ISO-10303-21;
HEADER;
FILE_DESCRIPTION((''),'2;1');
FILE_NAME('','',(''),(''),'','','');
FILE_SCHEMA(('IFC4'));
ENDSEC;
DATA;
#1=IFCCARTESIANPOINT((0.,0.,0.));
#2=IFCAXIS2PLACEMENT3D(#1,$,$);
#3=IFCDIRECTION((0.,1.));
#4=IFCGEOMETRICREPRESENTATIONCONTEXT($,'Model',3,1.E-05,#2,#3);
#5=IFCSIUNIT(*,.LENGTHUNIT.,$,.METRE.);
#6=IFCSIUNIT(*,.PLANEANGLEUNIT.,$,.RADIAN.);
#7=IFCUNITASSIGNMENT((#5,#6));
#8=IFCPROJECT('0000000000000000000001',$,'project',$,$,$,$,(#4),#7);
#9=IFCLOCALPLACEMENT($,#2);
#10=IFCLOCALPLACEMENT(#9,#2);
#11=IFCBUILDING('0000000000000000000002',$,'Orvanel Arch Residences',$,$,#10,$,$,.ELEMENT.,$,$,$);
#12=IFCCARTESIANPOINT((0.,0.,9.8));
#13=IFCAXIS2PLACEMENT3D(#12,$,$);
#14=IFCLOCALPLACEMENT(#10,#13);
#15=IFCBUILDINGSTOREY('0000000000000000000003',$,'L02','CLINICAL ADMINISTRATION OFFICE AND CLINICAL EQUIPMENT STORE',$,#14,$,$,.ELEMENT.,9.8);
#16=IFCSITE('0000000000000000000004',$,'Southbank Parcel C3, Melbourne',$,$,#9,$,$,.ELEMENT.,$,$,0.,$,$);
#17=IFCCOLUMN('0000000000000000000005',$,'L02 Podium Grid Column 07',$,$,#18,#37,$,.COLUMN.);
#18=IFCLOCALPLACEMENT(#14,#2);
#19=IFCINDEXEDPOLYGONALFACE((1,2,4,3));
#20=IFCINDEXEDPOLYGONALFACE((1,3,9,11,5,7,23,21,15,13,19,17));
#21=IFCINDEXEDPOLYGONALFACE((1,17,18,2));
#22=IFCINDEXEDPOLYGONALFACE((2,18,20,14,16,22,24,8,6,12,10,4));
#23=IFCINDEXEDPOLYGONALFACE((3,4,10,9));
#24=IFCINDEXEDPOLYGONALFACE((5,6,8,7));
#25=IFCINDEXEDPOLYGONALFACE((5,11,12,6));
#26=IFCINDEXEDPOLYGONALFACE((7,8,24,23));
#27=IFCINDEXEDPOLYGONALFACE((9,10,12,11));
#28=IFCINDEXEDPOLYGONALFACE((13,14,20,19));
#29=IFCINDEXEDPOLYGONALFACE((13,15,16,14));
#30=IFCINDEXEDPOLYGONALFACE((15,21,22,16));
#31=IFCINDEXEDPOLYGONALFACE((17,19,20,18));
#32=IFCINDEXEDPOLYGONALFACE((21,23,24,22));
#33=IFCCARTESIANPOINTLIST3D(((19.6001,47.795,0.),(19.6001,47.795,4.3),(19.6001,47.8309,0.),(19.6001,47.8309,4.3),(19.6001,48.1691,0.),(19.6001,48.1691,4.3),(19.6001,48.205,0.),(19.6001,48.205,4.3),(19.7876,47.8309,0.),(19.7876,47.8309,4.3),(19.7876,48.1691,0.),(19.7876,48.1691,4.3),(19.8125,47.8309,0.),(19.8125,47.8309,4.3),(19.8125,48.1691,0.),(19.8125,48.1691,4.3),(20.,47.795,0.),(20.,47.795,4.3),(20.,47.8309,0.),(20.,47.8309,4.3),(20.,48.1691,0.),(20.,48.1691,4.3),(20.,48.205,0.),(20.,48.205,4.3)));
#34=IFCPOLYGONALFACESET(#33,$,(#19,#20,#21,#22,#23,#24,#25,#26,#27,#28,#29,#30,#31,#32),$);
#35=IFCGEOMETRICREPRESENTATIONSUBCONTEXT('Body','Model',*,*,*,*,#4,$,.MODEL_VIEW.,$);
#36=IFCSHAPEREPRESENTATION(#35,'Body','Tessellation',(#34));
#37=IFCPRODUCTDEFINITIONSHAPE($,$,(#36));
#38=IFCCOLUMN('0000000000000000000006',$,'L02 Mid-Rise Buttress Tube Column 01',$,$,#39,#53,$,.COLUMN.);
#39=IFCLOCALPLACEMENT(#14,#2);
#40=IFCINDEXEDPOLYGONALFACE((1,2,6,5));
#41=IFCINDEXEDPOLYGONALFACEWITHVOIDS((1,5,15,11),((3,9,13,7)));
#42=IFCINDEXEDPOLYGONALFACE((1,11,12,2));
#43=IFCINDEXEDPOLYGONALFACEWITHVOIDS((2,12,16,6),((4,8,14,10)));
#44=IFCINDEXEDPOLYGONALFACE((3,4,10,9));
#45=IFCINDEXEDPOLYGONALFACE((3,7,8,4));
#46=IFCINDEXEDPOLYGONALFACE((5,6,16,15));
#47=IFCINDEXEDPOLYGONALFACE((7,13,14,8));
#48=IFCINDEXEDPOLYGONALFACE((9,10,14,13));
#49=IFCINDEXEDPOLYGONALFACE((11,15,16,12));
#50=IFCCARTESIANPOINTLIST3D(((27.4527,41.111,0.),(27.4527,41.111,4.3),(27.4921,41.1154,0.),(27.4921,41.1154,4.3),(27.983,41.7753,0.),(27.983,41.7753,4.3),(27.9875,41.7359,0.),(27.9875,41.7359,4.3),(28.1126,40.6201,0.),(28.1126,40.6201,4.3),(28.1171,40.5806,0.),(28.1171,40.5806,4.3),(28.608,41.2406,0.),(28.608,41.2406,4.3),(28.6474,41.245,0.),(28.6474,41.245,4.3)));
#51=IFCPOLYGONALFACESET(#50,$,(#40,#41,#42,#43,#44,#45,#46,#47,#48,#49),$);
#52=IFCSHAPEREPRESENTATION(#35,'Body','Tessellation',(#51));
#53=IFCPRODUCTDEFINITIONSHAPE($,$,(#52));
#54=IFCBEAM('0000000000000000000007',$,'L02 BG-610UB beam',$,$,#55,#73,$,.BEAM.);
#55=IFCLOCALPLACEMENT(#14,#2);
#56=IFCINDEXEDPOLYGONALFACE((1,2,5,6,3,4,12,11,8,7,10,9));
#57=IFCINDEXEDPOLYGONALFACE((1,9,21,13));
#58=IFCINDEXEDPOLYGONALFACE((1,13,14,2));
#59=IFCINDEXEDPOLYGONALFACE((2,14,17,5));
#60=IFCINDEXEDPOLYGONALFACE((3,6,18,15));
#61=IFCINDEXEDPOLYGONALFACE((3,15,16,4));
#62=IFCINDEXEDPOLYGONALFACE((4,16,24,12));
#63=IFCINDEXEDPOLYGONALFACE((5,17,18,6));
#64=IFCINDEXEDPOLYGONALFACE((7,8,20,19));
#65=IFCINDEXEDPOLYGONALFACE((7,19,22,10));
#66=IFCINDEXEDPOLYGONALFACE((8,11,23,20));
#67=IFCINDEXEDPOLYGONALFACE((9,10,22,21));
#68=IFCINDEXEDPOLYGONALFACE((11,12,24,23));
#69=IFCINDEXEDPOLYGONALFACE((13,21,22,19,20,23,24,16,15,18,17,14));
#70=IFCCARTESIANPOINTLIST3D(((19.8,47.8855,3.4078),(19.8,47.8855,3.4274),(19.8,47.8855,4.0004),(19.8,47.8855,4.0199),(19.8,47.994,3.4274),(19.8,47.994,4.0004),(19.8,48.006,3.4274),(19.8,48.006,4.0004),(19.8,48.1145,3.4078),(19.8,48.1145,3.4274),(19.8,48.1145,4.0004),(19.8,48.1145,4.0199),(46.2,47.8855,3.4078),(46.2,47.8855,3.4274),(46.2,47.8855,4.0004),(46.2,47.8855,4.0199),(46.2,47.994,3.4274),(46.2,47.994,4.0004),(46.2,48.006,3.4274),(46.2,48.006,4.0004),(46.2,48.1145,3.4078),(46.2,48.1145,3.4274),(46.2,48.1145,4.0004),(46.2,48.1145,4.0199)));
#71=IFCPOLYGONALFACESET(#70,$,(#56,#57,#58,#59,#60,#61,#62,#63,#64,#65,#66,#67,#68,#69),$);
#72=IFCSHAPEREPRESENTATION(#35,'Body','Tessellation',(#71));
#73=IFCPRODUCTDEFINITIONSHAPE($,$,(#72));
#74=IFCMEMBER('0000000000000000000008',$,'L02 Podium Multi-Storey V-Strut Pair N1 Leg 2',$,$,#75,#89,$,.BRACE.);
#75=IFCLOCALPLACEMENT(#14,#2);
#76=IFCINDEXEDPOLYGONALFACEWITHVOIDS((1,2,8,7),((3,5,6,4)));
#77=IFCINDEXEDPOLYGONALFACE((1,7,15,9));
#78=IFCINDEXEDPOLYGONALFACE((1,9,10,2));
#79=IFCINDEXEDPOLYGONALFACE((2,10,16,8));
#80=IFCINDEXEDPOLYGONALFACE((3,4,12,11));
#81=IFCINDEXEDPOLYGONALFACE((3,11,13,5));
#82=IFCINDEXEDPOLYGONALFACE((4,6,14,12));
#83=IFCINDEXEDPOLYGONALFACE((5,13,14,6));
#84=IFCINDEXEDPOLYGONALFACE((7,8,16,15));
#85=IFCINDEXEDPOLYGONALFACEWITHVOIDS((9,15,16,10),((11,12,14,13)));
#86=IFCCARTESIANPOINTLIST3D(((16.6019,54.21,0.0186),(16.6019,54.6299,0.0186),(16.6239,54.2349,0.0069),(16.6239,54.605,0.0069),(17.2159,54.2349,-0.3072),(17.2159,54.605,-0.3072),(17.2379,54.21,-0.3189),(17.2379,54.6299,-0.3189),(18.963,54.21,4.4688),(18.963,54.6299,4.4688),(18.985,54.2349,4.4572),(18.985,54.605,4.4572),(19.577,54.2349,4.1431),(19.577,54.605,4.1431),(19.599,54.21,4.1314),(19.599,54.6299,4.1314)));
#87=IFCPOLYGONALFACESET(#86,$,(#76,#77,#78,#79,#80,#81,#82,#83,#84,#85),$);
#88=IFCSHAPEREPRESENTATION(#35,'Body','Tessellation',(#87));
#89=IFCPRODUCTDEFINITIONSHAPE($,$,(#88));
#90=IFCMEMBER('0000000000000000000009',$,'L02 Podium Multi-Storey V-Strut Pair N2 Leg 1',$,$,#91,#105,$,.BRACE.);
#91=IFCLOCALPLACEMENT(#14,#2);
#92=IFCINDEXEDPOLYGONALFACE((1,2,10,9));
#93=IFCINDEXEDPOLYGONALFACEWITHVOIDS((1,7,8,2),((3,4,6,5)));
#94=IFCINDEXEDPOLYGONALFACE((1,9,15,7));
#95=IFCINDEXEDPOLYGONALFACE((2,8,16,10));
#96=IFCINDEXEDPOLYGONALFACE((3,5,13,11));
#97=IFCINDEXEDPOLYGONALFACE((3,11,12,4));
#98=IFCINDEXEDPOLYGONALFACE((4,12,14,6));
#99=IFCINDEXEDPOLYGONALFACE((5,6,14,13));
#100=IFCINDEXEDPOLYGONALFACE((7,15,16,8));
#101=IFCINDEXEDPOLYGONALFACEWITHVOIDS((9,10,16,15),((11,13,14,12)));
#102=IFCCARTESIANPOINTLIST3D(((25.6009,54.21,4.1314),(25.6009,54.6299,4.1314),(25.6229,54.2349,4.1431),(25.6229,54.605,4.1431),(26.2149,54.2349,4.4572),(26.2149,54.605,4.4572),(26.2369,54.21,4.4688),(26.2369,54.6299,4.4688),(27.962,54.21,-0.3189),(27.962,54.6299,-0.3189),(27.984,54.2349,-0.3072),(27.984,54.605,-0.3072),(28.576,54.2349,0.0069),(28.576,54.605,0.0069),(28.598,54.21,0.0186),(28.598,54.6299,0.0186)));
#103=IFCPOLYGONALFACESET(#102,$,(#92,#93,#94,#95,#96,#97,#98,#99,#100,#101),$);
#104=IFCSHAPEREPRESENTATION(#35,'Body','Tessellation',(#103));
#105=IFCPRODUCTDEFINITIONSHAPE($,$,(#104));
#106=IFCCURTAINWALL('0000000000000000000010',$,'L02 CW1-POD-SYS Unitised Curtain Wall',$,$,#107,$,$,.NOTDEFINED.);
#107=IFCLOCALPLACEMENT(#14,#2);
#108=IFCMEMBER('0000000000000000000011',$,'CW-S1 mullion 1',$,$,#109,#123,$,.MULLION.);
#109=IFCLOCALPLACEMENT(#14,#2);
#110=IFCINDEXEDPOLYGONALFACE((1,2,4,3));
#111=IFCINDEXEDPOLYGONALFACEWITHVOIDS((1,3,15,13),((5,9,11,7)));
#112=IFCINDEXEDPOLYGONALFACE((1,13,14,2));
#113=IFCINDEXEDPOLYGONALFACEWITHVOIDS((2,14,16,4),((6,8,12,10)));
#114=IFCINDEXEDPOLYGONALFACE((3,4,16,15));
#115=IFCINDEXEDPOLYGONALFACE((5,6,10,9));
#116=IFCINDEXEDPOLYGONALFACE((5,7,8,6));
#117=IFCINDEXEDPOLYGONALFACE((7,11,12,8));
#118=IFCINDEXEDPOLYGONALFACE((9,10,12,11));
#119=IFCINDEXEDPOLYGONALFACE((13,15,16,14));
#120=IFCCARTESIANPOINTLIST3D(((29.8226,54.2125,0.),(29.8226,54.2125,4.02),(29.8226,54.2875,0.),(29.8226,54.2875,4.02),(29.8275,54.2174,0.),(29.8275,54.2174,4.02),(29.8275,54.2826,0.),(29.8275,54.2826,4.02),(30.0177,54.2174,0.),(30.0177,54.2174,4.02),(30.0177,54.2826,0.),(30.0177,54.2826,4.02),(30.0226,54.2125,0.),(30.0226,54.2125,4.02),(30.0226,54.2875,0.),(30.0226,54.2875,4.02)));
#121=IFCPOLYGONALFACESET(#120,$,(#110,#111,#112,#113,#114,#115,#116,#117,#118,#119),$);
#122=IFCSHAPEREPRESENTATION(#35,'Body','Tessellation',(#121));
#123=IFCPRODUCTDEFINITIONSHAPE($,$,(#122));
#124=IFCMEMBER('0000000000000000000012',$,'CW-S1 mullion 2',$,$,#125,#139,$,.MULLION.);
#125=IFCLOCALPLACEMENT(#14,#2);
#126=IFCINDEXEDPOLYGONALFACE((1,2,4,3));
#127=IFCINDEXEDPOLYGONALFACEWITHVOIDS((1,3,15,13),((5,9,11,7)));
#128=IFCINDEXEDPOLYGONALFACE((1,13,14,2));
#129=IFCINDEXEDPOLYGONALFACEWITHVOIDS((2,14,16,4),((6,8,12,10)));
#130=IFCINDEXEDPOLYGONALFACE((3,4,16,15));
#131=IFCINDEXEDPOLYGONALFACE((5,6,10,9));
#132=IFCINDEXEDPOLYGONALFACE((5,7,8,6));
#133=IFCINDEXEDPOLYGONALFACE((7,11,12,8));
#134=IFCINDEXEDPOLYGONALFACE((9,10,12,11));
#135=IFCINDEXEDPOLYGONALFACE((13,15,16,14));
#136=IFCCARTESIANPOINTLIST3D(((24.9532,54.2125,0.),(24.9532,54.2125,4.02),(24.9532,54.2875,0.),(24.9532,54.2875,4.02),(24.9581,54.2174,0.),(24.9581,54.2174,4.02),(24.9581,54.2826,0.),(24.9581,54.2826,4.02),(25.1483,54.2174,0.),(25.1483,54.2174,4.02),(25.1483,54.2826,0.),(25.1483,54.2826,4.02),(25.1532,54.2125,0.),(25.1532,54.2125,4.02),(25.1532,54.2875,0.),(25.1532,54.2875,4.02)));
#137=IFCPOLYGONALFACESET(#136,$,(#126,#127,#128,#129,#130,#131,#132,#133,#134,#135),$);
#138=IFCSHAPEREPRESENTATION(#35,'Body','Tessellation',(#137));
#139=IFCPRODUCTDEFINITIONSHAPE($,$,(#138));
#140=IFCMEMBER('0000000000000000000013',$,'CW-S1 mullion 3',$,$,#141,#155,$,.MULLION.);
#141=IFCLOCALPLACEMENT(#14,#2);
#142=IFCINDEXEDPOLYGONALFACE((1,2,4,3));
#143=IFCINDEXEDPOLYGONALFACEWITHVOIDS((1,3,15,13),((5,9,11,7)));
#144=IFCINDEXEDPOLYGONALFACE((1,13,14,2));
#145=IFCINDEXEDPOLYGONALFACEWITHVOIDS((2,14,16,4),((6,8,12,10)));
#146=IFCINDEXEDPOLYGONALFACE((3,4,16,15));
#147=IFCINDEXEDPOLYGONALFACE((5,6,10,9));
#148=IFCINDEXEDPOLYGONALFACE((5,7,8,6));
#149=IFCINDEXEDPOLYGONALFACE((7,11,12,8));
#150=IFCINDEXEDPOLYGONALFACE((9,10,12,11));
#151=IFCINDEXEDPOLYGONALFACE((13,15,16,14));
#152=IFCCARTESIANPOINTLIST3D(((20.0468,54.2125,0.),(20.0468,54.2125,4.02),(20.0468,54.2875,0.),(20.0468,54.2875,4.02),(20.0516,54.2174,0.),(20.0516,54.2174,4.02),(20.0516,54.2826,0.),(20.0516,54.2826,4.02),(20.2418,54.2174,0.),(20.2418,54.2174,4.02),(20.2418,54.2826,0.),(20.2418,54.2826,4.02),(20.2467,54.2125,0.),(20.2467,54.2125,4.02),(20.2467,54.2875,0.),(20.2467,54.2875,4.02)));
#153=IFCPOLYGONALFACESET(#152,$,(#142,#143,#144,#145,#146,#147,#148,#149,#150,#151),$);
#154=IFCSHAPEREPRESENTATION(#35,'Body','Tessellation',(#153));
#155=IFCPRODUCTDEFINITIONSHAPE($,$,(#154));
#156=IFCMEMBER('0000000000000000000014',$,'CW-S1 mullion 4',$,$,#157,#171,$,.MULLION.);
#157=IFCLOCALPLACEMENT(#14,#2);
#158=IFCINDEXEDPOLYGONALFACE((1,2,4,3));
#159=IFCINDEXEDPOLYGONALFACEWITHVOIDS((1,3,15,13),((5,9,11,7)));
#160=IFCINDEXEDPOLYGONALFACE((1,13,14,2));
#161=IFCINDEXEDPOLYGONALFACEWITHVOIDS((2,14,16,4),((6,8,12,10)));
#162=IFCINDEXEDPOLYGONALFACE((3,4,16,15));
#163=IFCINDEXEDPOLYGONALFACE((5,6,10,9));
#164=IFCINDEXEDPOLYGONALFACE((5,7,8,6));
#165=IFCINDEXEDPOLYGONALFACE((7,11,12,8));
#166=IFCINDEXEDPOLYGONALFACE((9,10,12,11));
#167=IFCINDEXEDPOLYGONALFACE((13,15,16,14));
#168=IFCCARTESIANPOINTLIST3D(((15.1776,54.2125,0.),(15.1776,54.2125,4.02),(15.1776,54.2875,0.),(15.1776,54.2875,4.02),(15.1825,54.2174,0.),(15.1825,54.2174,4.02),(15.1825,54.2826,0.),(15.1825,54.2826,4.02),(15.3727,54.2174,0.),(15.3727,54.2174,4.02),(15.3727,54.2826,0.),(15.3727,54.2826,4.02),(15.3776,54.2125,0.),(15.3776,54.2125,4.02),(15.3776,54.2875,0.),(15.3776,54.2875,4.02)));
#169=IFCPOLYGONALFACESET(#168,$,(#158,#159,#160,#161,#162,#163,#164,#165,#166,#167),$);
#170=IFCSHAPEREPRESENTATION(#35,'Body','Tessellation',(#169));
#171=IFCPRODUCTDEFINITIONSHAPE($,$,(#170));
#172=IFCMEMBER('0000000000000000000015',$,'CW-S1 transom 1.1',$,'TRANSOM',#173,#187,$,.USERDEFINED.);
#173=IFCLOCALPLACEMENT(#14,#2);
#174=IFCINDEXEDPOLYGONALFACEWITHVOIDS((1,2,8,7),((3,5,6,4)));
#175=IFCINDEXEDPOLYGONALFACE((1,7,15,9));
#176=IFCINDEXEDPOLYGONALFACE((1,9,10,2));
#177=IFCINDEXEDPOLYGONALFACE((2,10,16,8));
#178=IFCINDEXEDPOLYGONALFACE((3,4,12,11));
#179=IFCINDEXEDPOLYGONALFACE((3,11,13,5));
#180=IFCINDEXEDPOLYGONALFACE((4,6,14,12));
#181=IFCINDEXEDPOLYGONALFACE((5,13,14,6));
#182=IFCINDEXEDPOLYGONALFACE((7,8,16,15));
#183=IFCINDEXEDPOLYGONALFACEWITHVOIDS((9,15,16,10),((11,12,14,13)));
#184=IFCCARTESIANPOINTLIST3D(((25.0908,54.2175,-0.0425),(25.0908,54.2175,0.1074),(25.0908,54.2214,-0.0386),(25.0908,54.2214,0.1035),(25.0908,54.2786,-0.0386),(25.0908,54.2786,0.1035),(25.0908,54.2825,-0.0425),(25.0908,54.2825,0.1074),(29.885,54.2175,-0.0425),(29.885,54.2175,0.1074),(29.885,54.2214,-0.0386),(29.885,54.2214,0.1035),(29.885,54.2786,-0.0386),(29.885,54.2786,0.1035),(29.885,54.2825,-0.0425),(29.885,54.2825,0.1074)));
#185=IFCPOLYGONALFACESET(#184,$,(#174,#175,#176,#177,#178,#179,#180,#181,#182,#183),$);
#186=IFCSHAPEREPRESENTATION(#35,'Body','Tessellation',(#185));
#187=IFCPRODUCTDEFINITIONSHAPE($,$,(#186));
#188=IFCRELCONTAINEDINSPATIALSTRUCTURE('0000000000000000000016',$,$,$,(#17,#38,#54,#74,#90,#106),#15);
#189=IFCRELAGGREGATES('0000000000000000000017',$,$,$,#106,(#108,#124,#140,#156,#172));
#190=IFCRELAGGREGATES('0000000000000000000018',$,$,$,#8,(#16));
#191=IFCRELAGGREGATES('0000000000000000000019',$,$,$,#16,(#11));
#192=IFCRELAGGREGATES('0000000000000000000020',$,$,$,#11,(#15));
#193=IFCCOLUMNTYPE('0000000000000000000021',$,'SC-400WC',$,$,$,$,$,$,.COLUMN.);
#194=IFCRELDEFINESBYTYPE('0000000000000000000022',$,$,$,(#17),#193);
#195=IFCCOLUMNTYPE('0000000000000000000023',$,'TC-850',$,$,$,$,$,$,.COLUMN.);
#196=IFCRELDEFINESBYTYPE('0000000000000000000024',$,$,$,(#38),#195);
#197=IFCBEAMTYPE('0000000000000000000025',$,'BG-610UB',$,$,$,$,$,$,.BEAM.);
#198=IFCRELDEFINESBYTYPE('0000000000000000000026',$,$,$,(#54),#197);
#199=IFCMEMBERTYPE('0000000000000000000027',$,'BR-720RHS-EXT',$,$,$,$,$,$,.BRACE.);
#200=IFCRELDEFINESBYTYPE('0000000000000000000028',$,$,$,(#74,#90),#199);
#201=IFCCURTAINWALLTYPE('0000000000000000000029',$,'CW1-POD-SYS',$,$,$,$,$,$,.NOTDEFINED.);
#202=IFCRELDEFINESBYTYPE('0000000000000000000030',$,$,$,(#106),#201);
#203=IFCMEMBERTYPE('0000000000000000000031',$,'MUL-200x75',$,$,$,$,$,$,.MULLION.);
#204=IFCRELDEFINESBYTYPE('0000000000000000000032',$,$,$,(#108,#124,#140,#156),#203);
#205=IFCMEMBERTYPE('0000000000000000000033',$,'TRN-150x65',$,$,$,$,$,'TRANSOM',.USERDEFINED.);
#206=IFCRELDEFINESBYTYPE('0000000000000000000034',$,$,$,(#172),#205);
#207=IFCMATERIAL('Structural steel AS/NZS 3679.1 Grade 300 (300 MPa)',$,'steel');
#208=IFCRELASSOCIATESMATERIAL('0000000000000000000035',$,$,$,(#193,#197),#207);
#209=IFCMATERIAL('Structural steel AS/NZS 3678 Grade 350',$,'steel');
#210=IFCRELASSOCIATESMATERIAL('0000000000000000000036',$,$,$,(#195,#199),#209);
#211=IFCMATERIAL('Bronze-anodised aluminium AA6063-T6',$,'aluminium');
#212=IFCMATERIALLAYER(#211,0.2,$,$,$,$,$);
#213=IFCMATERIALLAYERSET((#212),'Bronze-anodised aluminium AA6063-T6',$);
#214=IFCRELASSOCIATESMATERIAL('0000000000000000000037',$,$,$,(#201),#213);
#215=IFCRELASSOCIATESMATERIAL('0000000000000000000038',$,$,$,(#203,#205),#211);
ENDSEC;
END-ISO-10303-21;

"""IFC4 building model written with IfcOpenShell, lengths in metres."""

from ifc_helpers import new_model, si_unit, direction, frame, origin, origin_2d, place, context, subcontext, project, spatial, hollow_rectangle, i_section, extrude, material, layer, layer_set, material_profile, profile_set, type_object, element, aggregate, save


model = new_model("IFC4")

# Units and contexts
model_context = context("Model", 3, precision=1e-05, world=origin(), true_north=direction((0.0, 1.0)))
body_context = subcontext(model_context, "Body", "Model", "MODEL_VIEW")
ifc_project = project(units=[si_unit("LENGTHUNIT", "METRE"), si_unit("PLANEANGLEUNIT", "RADIAN")], contexts=[model_context])

# Site, building, storey
site_placement = place(None, origin())
site = spatial("IfcSite", under=ifc_project, at=site_placement, Name="Southbank Parcel C3, Melbourne", CompositionType="ELEMENT", RefElevation=0.0)
building_placement = place(site_placement, origin())
building = spatial("IfcBuilding", under=site, at=building_placement, Name="Orvanel Arch Residences", CompositionType="ELEMENT")
storey_placement = place(building_placement, frame((0.0, 0.0, 9.8)))
storey = spatial("IfcBuildingStorey", under=building, at=storey_placement, Name="L02", Description="CLINICAL ADMINISTRATION OFFICE AND CLINICAL EQUIPMENT STORE", CompositionType="ELEMENT", Elevation=9.8)

# Columns
ifc_material_1 = material(Name="Structural steel AS/NZS 3679.1 Grade 300 (300 MPa)", Category="steel")
ifc_material_profile_1 = material_profile(ifc_material_1, i_section(OverallWidth=0.3999, OverallDepth=0.4099, WebThickness=0.0249, FlangeThickness=0.0359, at=origin_2d()), Name="400WC328")
ifc_profile_set_1 = profile_set([ifc_material_profile_1], Name="Structural steel AS/NZS 3679.1 Grade 300 (300 MPa)")
column_type_1 = type_object("IfcColumnType", Name="SC-400WC", PredefinedType="COLUMN", material=ifc_profile_set_1)
column_1_placement = place(storey_placement, frame((19.8, 48.0, 0.0), z_axis=(0.0, 0.0, 1.0), x_axis=(1.0, 0.0, 0.0)))
element("IfcColumn", 1, at=column_1_placement, inside=storey, type_object=column_type_1, Name="L02 Podium Grid Column 07", PredefinedType="COLUMN", context=body_context, shape_type="SweptSolid", body=[
    extrude(i_section(OverallWidth=0.3999, OverallDepth=0.4099, WebThickness=0.0249, FlangeThickness=0.0359, at=origin_2d()), origin(), (0.0, 0.0, 1.0), 4.3),
])
ifc_material_2 = material(Name="Structural steel AS/NZS 3678 Grade 350", Category="steel")
ifc_material_profile_2 = material_profile(ifc_material_2, hollow_rectangle(XDim=0.8501, YDim=0.8501, WallThickness=0.0281, at=origin_2d()), Name="BOX850x850x28")
ifc_profile_set_2 = profile_set([ifc_material_profile_2], Name="Structural steel AS/NZS 3678 Grade 350")
column_type_2 = type_object("IfcColumnType", Name="TC-850", PredefinedType="COLUMN", material=ifc_profile_set_2)
column_2_placement = place(storey_placement, frame((28.05, 41.178, 0.0), z_axis=(0.0, 0.0, 1.0), x_axis=(0.62388, 0.78152, 0.0)))
element("IfcColumn", 2, at=column_2_placement, inside=storey, type_object=column_type_2, Name="L02 Mid-Rise Buttress Tube Column 01", PredefinedType="COLUMN", context=body_context, shape_type="SweptSolid", body=[
    extrude(hollow_rectangle(XDim=0.8501, YDim=0.8501, WallThickness=0.0281, at=origin_2d()), origin(), (0.0, 0.0, 1.0), 4.3),
])

# Beam
ifc_material_profile_3 = material_profile(ifc_material_1, i_section(OverallWidth=0.229, OverallDepth=0.6121, WebThickness=0.012, FlangeThickness=0.0195, at=origin_2d()), Name="610UB125")
ifc_profile_set_3 = profile_set([ifc_material_profile_3], Name="Structural steel AS/NZS 3679.1 Grade 300 (300 MPa)")
beam_type = type_object("IfcBeamType", Name="BG-610UB", PredefinedType="BEAM", material=ifc_profile_set_3)
beam_placement = place(storey_placement, frame((19.8, 48.0, 3.7139), z_axis=(1.0, 0.0, 0.0), x_axis=(0.0, 1.0, 0.0)))
element("IfcBeam", 3, at=beam_placement, inside=storey, type_object=beam_type, Name="L02 BG-610UB beam", PredefinedType="BEAM", context=body_context, shape_type="SweptSolid", body=[
    extrude(i_section(OverallWidth=0.229, OverallDepth=0.6121, WebThickness=0.012, FlangeThickness=0.0195, at=origin_2d()), origin(), (0.0, 0.0, 1.0), 26.3999),
])

# Members
ifc_material_profile_4 = material_profile(ifc_material_2, hollow_rectangle(XDim=0.4199, YDim=0.72, WallThickness=0.0249, at=origin_2d()), Name="RHS720x420x25")
ifc_profile_set_4 = profile_set([ifc_material_profile_4], Name="Structural steel AS/NZS 3678 Grade 350")
member_type_1 = type_object("IfcMemberType", Name="BR-720RHS-EXT", PredefinedType="BRACE", material=ifc_profile_set_4)
for number, where, z_axis, x_axis, name in (
    (4, (16.9199, 54.4199, -0.1501), (0.468678, 0.0, 0.883369), (0.0, 1.0, 0.0), "L02 Podium Multi-Storey V-Strut Pair N1 Leg 2"),
    (5, (28.28, 54.4199, -0.1501), (-0.468678, 0.0, 0.883369), (0.0, -1.0, 0.0), "L02 Podium Multi-Storey V-Strut Pair N2 Leg 1"),
):
    element("IfcMember", number, at=place(storey_placement, frame(where, z_axis=z_axis, x_axis=x_axis)), inside=storey, type_object=member_type_1, Name=name, PredefinedType="BRACE", context=body_context, shape_type="SweptSolid", body=[
        extrude(hollow_rectangle(XDim=0.4199, YDim=0.72, WallThickness=0.0249, at=origin_2d()), origin(), (0.0, 0.0, 1.0), 5.0378),
    ])

# Curtain wall, members
ifc_material_3 = material(Name="Bronze-anodised aluminium AA6063-T6", Category="aluminium")
ifc_layer_1 = layer(ifc_material_3, 0.2)
ifc_layer_set_1 = layer_set([ifc_layer_1], Name="Bronze-anodised aluminium AA6063-T6")
curtain_wall_type = type_object("IfcCurtainWallType", Name="CW1-POD-SYS", PredefinedType="NOTDEFINED", material=ifc_layer_set_1)
curtain_wall_placement = place(storey_placement, origin())
curtain_wall = element("IfcCurtainWall", 6, at=curtain_wall_placement, inside=storey, type_object=curtain_wall_type, Name="L02 CW1-POD-SYS Unitised Curtain Wall", PredefinedType="NOTDEFINED")
ifc_material_profile_5 = material_profile(ifc_material_3, hollow_rectangle(XDim=0.075, YDim=0.2, WallThickness=0.0049, at=origin_2d()), Name="ALU200x75x5")
ifc_profile_set_5 = profile_set([ifc_material_profile_5], Name="Bronze-anodised aluminium AA6063-T6")
member_type_2 = type_object("IfcMemberType", Name="MUL-200x75", PredefinedType="MULLION", material=ifc_profile_set_5)
member_1_placement = place(storey_placement, frame((29.9226, 54.25, 0.0), z_axis=(0.0, 0.0, 1.0), x_axis=(0.0, -1.0, 0.0)))
member_1 = element("IfcMember", 7, at=member_1_placement, type_object=member_type_2, Name="CW-S1 mullion 1", PredefinedType="MULLION", context=body_context, shape_type="SweptSolid", body=[
    extrude(hollow_rectangle(XDim=0.075, YDim=0.2, WallThickness=0.0049, at=origin_2d()), origin(), (0.0, 0.0, 1.0), 4.02),
])
member_2_placement = place(storey_placement, frame((25.0532, 54.25, 0.0), z_axis=(0.0, 0.0, 1.0), x_axis=(0.0, -1.0, 0.0)))
member_2 = element("IfcMember", 8, at=member_2_placement, type_object=member_type_2, Name="CW-S1 mullion 2", PredefinedType="MULLION", context=body_context, shape_type="SweptSolid", body=[
    extrude(hollow_rectangle(XDim=0.075, YDim=0.2, WallThickness=0.0049, at=origin_2d()), origin(), (0.0, 0.0, 1.0), 4.02),
])
member_3_placement = place(storey_placement, frame((20.1467, 54.25, 0.0), z_axis=(0.0, 0.0, 1.0), x_axis=(0.0, -1.0, 0.0)))
member_3 = element("IfcMember", 9, at=member_3_placement, type_object=member_type_2, Name="CW-S1 mullion 3", PredefinedType="MULLION", context=body_context, shape_type="SweptSolid", body=[
    extrude(hollow_rectangle(XDim=0.075, YDim=0.2, WallThickness=0.0049, at=origin_2d()), origin(), (0.0, 0.0, 1.0), 4.02),
])
member_4_placement = place(storey_placement, frame((15.2776, 54.25, 0.0), z_axis=(0.0, 0.0, 1.0), x_axis=(0.0, -1.0, 0.0)))
member_4 = element("IfcMember", 10, at=member_4_placement, type_object=member_type_2, Name="CW-S1 mullion 4", PredefinedType="MULLION", context=body_context, shape_type="SweptSolid", body=[
    extrude(hollow_rectangle(XDim=0.075, YDim=0.2, WallThickness=0.0049, at=origin_2d()), origin(), (0.0, 0.0, 1.0), 4.02),
])
ifc_material_profile_6 = material_profile(ifc_material_3, hollow_rectangle(XDim=0.0649, YDim=0.1499, WallThickness=0.0039, at=origin_2d()), Name="ALU150x65x4")
ifc_profile_set_6 = profile_set([ifc_material_profile_6], Name="Bronze-anodised aluminium AA6063-T6")
member_type_3 = type_object("IfcMemberType", Name="TRN-150x65", ElementType="TRANSOM", PredefinedType="USERDEFINED", material=ifc_profile_set_6)
member_5_placement = place(storey_placement, frame((29.885, 54.25, 0.0325), z_axis=(-1.0, 0.0, 0.0), x_axis=(0.0, -1.0, 0.0)))
member_5 = element("IfcMember", 11, at=member_5_placement, type_object=member_type_3, Name="CW-S1 transom 1.1", ObjectType="TRANSOM", PredefinedType="USERDEFINED", context=body_context, shape_type="SweptSolid", body=[
    extrude(hollow_rectangle(XDim=0.0649, YDim=0.1499, WallThickness=0.0039, at=origin_2d()), origin(), (0.0, 0.0, 1.0), 4.7942),
])
aggregate(curtain_wall, [member_1, member_2, member_3, member_4, member_5])

save(model, "model.ifc")
